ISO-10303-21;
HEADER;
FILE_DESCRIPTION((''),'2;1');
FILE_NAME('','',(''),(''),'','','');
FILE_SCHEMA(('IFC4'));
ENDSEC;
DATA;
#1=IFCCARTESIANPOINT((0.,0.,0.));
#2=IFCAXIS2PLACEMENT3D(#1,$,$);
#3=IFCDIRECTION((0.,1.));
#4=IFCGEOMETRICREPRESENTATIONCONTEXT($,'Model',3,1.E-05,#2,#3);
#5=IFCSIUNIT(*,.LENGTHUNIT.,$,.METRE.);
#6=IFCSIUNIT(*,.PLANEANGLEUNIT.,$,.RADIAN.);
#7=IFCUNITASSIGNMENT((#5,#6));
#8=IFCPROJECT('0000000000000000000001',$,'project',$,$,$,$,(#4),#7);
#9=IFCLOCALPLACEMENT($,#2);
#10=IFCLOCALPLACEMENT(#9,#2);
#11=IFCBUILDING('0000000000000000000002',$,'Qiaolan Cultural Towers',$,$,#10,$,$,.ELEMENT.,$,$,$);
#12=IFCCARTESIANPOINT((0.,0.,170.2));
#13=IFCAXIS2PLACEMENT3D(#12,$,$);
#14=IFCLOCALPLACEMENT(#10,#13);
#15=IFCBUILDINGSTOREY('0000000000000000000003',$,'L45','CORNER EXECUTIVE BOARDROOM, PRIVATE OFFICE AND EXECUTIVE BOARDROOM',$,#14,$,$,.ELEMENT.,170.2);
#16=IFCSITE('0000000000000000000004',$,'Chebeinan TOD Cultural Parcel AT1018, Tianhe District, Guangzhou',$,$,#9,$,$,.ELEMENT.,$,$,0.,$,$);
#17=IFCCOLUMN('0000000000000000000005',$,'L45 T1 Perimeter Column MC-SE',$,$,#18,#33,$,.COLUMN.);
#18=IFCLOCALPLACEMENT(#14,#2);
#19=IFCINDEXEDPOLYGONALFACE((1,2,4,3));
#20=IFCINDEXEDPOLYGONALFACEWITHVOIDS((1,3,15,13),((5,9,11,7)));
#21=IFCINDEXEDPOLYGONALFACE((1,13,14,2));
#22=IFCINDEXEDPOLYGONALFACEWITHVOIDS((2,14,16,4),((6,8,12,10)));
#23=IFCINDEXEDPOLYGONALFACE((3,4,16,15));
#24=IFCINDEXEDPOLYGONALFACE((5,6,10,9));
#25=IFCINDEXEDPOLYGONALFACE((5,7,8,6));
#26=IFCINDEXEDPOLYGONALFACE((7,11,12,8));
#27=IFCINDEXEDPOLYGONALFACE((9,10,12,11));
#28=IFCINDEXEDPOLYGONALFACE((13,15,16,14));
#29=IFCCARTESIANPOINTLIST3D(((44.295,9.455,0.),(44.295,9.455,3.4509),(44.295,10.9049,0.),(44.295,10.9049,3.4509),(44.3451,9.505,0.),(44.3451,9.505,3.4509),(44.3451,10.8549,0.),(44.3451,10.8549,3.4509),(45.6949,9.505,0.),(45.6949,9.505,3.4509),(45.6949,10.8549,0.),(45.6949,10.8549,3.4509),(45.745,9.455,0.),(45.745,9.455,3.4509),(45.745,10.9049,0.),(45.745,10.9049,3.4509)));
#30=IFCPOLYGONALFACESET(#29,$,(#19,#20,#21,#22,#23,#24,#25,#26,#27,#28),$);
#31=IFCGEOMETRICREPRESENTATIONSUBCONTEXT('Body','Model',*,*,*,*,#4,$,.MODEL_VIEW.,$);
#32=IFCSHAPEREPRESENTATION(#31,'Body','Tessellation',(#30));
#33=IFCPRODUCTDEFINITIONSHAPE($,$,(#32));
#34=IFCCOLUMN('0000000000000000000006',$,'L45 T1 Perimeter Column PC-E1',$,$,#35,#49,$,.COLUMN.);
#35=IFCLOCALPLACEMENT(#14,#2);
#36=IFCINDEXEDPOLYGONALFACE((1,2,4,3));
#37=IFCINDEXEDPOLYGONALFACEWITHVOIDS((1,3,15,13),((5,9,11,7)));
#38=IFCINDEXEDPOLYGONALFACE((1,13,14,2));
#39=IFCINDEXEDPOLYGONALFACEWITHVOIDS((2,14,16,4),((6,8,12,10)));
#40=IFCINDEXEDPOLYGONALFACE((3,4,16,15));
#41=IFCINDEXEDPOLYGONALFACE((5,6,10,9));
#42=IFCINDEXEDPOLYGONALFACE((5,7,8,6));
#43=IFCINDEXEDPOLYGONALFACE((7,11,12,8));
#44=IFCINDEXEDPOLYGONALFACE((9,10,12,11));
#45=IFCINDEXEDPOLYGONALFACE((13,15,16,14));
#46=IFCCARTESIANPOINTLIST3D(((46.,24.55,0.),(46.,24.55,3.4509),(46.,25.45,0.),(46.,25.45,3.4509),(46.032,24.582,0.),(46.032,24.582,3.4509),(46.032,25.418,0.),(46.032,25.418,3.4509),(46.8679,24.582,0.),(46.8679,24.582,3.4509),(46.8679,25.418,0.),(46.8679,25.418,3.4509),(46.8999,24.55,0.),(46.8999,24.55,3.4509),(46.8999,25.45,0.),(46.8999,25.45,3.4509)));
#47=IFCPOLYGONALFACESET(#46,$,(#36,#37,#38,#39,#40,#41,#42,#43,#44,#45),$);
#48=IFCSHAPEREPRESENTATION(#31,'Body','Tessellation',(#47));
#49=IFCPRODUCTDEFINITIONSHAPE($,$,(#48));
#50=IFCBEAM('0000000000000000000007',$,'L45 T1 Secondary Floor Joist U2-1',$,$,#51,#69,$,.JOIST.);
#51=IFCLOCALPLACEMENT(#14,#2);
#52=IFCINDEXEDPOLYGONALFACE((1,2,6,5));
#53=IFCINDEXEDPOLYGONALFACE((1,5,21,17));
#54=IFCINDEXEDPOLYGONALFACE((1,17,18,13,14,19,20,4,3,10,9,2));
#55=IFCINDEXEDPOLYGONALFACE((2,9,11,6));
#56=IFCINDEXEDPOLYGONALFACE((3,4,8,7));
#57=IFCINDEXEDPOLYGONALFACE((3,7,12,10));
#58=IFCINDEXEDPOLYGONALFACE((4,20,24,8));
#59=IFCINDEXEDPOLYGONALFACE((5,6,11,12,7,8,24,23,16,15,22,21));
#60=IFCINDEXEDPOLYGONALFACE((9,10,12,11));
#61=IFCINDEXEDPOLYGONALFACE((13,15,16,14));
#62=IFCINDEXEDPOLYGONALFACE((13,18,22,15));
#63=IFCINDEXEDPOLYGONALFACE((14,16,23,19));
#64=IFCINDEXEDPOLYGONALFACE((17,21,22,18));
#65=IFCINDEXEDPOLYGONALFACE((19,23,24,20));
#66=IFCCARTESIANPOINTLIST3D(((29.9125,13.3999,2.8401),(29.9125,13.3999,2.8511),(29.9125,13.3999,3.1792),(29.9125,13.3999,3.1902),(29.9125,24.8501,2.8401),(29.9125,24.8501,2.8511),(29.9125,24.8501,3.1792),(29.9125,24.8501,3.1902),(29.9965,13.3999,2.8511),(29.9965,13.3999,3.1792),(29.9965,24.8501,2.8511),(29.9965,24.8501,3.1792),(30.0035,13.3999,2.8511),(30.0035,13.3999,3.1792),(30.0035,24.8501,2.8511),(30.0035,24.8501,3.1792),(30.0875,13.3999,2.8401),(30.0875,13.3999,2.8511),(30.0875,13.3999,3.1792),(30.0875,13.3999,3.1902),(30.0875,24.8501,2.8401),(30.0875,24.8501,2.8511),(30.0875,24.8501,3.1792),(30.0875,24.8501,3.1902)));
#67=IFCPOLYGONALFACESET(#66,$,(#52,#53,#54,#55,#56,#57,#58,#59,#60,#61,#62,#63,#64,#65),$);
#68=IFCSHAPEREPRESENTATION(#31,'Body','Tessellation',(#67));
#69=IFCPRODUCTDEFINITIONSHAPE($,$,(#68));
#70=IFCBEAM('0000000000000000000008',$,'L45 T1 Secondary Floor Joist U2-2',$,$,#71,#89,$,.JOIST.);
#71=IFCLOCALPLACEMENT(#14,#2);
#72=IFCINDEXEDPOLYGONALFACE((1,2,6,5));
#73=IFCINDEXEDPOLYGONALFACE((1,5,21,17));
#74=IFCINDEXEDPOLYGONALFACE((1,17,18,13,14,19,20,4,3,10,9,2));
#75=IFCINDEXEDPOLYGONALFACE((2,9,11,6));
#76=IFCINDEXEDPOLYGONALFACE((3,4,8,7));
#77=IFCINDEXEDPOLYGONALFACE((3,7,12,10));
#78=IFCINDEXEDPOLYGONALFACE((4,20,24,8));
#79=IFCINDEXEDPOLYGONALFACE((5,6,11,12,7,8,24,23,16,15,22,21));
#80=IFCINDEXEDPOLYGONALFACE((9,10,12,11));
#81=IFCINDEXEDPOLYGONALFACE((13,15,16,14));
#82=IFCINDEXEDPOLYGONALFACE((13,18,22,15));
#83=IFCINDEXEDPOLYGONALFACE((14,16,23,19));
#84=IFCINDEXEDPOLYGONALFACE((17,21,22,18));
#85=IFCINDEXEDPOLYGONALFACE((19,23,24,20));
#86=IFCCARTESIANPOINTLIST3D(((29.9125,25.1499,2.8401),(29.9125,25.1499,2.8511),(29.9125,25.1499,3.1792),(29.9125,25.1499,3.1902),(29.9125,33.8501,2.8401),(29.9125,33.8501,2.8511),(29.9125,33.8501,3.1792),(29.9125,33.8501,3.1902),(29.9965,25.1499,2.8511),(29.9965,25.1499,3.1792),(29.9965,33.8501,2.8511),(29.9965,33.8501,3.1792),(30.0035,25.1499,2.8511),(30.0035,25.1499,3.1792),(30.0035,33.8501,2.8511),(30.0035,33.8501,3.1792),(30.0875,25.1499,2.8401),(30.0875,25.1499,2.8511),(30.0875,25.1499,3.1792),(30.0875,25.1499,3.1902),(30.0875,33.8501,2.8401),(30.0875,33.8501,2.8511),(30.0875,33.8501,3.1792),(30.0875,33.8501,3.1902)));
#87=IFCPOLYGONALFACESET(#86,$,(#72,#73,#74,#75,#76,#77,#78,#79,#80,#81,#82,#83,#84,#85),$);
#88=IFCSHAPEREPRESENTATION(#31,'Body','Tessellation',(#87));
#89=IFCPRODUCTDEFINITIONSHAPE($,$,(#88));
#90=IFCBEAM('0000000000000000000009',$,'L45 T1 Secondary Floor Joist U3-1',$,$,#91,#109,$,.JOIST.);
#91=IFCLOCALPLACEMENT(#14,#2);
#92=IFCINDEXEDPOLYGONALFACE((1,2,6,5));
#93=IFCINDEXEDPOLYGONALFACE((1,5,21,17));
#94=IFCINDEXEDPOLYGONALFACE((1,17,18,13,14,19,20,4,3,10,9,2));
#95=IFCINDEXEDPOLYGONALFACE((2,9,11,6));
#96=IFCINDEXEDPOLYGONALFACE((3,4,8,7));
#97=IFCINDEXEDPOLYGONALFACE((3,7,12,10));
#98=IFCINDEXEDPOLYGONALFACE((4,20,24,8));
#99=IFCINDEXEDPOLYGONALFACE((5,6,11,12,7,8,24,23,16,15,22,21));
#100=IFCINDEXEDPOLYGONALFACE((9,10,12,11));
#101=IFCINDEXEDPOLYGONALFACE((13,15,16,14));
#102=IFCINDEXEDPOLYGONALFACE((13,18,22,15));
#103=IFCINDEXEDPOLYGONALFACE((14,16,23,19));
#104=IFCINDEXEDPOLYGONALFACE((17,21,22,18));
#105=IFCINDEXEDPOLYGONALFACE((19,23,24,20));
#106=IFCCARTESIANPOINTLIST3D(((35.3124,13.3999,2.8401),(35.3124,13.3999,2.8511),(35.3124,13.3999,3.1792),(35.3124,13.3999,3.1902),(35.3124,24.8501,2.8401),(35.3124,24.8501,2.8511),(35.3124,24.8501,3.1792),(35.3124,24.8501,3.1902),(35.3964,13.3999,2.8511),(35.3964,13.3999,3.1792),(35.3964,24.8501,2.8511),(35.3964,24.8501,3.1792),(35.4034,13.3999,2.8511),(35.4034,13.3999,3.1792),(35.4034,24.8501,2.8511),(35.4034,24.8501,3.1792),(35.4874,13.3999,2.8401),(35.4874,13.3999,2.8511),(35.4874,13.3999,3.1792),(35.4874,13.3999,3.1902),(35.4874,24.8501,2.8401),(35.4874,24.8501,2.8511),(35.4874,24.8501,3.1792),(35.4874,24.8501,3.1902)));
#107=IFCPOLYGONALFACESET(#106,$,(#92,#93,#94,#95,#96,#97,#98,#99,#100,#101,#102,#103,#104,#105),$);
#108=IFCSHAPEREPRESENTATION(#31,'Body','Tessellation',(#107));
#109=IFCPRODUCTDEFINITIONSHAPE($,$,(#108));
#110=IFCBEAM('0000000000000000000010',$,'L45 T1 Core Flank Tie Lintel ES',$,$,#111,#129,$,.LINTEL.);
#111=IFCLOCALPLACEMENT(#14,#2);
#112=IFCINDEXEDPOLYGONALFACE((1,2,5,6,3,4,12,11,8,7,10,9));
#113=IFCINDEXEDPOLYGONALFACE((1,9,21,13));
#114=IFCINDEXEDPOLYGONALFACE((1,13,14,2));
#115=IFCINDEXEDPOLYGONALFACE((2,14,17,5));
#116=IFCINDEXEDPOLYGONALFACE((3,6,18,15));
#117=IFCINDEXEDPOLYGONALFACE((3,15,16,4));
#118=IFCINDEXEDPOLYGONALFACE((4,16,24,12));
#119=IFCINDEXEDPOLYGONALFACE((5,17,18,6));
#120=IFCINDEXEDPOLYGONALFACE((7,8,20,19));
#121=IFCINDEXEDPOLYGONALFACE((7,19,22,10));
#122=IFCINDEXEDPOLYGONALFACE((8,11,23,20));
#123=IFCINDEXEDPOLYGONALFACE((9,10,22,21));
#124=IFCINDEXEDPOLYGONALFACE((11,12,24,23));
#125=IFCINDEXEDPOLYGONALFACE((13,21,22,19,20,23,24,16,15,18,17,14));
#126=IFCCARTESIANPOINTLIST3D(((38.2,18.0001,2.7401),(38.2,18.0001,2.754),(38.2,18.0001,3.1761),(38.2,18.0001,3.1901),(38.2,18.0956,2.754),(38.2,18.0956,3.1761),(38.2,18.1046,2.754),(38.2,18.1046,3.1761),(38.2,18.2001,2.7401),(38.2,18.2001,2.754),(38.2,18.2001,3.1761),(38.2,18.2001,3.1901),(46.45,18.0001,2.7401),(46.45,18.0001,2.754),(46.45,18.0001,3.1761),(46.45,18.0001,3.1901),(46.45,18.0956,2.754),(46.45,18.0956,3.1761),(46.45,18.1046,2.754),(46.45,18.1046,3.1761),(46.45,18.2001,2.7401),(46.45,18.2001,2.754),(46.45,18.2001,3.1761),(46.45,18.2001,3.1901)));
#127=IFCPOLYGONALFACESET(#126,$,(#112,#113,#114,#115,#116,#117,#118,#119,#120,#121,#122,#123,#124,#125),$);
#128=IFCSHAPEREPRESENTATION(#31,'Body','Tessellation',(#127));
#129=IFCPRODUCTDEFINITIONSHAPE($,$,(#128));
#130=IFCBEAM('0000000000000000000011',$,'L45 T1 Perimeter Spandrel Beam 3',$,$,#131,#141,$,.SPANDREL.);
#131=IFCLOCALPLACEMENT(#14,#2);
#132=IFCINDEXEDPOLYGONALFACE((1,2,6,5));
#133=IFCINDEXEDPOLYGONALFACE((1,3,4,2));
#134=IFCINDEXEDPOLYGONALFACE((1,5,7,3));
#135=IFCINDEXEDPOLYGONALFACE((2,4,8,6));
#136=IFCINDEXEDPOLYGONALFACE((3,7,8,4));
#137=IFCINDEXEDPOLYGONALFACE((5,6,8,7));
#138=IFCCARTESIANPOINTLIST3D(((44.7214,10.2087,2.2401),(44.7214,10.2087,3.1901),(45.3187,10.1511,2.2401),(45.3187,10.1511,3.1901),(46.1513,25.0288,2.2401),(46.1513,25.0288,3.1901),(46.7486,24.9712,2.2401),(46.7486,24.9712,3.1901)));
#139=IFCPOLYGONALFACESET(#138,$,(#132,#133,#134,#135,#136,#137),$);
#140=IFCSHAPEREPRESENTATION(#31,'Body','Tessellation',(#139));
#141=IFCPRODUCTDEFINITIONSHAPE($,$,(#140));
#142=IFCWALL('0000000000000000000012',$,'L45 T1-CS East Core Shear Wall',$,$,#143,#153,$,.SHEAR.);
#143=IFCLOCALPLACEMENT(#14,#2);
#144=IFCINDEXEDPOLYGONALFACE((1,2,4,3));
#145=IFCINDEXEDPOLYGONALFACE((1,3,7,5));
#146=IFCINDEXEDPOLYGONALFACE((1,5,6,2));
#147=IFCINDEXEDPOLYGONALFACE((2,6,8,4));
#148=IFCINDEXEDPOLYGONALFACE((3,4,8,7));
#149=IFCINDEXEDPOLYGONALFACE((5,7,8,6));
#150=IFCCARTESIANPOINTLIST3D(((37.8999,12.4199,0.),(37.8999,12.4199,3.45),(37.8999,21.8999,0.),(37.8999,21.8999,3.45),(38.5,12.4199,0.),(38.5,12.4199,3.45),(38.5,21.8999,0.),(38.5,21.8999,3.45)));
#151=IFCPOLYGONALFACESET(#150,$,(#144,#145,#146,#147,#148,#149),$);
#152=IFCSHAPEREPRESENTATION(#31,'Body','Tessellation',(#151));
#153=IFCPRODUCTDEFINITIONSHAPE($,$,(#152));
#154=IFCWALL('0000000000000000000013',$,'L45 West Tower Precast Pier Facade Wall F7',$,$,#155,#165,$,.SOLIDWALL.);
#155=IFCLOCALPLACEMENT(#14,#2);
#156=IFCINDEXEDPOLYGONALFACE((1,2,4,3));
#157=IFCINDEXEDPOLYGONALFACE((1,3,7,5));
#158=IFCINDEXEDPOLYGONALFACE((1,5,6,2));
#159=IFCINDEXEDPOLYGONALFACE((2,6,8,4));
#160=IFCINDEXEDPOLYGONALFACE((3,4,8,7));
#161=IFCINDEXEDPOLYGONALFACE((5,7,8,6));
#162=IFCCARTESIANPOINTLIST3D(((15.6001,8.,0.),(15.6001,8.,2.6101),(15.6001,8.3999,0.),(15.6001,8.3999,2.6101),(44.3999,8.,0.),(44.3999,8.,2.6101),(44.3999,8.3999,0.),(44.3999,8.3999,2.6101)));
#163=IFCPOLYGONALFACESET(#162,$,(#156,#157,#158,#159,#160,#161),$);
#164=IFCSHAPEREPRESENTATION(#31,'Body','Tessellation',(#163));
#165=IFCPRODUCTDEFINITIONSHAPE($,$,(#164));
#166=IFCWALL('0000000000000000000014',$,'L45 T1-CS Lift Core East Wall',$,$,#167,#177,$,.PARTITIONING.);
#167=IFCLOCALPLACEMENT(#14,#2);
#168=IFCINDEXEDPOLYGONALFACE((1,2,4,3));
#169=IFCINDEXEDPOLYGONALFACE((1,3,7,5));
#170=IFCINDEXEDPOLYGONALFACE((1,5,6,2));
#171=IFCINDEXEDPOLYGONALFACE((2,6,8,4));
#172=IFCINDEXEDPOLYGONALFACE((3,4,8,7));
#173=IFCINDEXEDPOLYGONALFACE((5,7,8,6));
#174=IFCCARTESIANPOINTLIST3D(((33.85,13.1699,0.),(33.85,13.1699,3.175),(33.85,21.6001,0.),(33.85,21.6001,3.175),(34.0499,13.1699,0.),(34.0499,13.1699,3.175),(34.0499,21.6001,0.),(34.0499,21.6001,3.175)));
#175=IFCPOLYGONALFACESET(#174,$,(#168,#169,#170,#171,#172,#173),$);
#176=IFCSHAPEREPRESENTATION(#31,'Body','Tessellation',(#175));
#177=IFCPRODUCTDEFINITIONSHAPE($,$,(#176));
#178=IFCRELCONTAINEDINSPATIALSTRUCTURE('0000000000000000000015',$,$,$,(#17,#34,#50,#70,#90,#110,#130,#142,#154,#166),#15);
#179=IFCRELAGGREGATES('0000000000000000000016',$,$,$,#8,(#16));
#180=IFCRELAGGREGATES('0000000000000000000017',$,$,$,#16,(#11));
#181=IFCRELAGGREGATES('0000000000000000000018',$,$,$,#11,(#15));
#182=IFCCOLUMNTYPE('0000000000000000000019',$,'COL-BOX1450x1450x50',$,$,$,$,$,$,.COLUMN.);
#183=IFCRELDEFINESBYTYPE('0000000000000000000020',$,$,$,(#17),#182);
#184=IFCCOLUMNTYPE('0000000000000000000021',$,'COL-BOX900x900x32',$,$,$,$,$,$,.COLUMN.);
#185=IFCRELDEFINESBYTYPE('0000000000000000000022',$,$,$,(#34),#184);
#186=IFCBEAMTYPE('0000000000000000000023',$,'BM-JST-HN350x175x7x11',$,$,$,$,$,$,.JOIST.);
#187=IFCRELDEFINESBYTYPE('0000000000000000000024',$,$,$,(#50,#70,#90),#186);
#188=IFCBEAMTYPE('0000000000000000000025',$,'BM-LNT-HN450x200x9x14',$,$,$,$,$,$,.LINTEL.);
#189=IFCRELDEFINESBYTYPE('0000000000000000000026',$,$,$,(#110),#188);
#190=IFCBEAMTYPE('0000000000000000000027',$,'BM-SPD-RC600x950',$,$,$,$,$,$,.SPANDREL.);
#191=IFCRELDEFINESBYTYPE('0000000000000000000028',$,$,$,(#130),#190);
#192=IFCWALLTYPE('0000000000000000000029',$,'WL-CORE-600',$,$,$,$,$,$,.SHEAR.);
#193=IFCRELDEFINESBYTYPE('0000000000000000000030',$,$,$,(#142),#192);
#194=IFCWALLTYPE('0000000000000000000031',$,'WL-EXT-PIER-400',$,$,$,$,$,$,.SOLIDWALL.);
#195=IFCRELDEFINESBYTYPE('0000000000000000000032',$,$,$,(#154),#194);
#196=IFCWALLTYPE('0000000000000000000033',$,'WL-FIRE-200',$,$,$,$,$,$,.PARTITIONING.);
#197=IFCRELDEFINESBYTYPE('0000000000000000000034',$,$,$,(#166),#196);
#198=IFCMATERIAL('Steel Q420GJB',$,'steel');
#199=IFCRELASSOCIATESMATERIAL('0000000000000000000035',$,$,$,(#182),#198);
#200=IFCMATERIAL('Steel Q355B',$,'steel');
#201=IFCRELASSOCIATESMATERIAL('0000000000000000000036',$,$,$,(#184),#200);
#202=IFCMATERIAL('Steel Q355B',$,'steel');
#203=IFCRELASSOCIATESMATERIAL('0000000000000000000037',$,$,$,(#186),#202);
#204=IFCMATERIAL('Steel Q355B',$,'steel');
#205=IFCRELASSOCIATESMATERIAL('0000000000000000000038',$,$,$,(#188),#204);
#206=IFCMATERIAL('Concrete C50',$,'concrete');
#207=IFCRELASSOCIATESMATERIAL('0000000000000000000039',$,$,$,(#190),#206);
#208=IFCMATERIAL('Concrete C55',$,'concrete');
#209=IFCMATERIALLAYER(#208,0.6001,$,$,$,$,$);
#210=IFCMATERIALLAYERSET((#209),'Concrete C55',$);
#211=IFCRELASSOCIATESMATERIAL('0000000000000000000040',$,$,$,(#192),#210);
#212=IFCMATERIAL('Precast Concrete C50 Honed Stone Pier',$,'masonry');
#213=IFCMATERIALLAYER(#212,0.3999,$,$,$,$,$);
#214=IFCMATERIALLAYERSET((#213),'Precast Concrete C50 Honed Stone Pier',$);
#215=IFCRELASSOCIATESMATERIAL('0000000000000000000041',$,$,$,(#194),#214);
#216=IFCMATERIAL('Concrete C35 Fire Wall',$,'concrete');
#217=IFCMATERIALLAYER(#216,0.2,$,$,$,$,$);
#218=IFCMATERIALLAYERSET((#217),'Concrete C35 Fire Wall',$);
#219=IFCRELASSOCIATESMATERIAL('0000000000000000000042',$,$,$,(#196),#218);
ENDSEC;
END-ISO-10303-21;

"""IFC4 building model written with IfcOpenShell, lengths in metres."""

from ifc_helpers import new_model, si_unit, direction, frame, frame_2d, origin, origin_2d, place, context, subcontext, project, spatial, rectangle, hollow_rectangle, i_section, extrude, material, layer, layer_set, material_profile, profile_set, type_object, element, save


model = new_model("IFC4")

# Units and contexts
model_context = context("Model", 3, precision=1e-05, world=origin(), true_north=direction((0.0, 1.0)))
body_context = subcontext(model_context, "Body", "Model", "MODEL_VIEW")
ifc_project = project(units=[si_unit("LENGTHUNIT", "METRE"), si_unit("PLANEANGLEUNIT", "RADIAN")], contexts=[model_context])

# Site, building, storey
site_placement = place(None, origin())
site = spatial("IfcSite", under=ifc_project, at=site_placement, Name="Chebeinan TOD Cultural Parcel AT1018, Tianhe District, Guangzhou", CompositionType="ELEMENT", RefElevation=0.0)
building_placement = place(site_placement, origin())
building = spatial("IfcBuilding", under=site, at=building_placement, Name="Qiaolan Cultural Towers", CompositionType="ELEMENT")
storey_placement = place(building_placement, frame((0.0, 0.0, 170.2)))
storey = spatial("IfcBuildingStorey", under=building, at=storey_placement, Name="L45", Description="CORNER EXECUTIVE BOARDROOM, PRIVATE OFFICE AND EXECUTIVE BOARDROOM", CompositionType="ELEMENT", Elevation=170.2)

# Columns
ifc_material_1 = material(Name="Steel Q420GJB", Category="steel")
ifc_material_profile_1 = material_profile(ifc_material_1, hollow_rectangle(XDim=1.45, YDim=1.45, WallThickness=0.05, at=origin_2d()), Name="BOX1450x1450x50")
ifc_profile_set_1 = profile_set([ifc_material_profile_1], Name="Steel Q420GJB")
column_type_1 = type_object("IfcColumnType", Name="COL-BOX1450x1450x50", PredefinedType="COLUMN", material=ifc_profile_set_1)
column_1_placement = place(storey_placement, frame((45.02, 10.1799, 0.0), z_axis=(0.0, 0.0, 1.0), x_axis=(1.0, 0.0, 0.0)))
element("IfcColumn", 1, at=column_1_placement, inside=storey, type_object=column_type_1, Name="L45 T1 Perimeter Column MC-SE", PredefinedType="COLUMN", context=body_context, shape_type="SweptSolid", body=[
    extrude(hollow_rectangle(XDim=1.45, YDim=1.45, WallThickness=0.05, at=origin_2d()), origin(), (0.0, 0.0, 1.0), 3.4509),
])
ifc_material_2 = material(Name="Steel Q355B", Category="steel")
ifc_material_profile_2 = material_profile(ifc_material_2, hollow_rectangle(XDim=0.8999, YDim=0.8999, WallThickness=0.032, at=origin_2d()), Name="BOX900x900x32")
ifc_profile_set_2 = profile_set([ifc_material_profile_2], Name="Steel Q355B")
column_type_2 = type_object("IfcColumnType", Name="COL-BOX900x900x32", PredefinedType="COLUMN", material=ifc_profile_set_2)
column_2_placement = place(storey_placement, frame((46.45, 25.0, 0.0), z_axis=(0.0, 0.0, 1.0), x_axis=(1.0, 0.0, 0.0)))
element("IfcColumn", 2, at=column_2_placement, inside=storey, type_object=column_type_2, Name="L45 T1 Perimeter Column PC-E1", PredefinedType="COLUMN", context=body_context, shape_type="SweptSolid", body=[
    extrude(hollow_rectangle(XDim=0.8999, YDim=0.8999, WallThickness=0.032, at=origin_2d()), origin(), (0.0, 0.0, 1.0), 3.4509),
])

# Beams
ifc_material_3 = material(Name="Steel Q355B", Category="steel")
ifc_material_profile_3 = material_profile(ifc_material_3, i_section(OverallWidth=0.175, OverallDepth=0.3501, WebThickness=0.0071, FlangeThickness=0.011, at=origin_2d()), Name="HN350x175x7x11")
ifc_profile_set_3 = profile_set([ifc_material_profile_3], Name="Steel Q355B")
beam_type_1 = type_object("IfcBeamType", Name="BM-JST-HN350x175x7x11", PredefinedType="JOIST", material=ifc_profile_set_3)
beam_1_placement = place(storey_placement, frame((30.0, 13.3999, 3.0151), z_axis=(0.0, 1.0, 0.0), x_axis=(-1.0, 0.0, 0.0)))
element("IfcBeam", 3, at=beam_1_placement, inside=storey, type_object=beam_type_1, Name="L45 T1 Secondary Floor Joist U2-1", PredefinedType="JOIST", context=body_context, shape_type="SweptSolid", body=[
    extrude(i_section(OverallWidth=0.175, OverallDepth=0.3501, WebThickness=0.0071, FlangeThickness=0.011, at=origin_2d()), origin(), (0.0, 0.0, 1.0), 11.4502),
])
beam_2_placement = place(storey_placement, frame((30.0, 25.1499, 3.0151), z_axis=(0.0, 1.0, 0.0), x_axis=(-1.0, 0.0, 0.0)))
element("IfcBeam", 4, at=beam_2_placement, inside=storey, type_object=beam_type_1, Name="L45 T1 Secondary Floor Joist U2-2", PredefinedType="JOIST", context=body_context, shape_type="SweptSolid", body=[
    extrude(i_section(OverallWidth=0.175, OverallDepth=0.3501, WebThickness=0.0071, FlangeThickness=0.011, at=origin_2d()), origin(), (0.0, 0.0, 1.0), 8.7002),
])
beam_3_placement = place(storey_placement, frame((35.3999, 13.3999, 3.0151), z_axis=(0.0, 1.0, 0.0), x_axis=(-1.0, 0.0, 0.0)))
element("IfcBeam", 5, at=beam_3_placement, inside=storey, type_object=beam_type_1, Name="L45 T1 Secondary Floor Joist U3-1", PredefinedType="JOIST", context=body_context, shape_type="SweptSolid", body=[
    extrude(i_section(OverallWidth=0.175, OverallDepth=0.3501, WebThickness=0.0071, FlangeThickness=0.011, at=origin_2d()), origin(), (0.0, 0.0, 1.0), 11.4502),
])
ifc_material_4 = material(Name="Steel Q355B", Category="steel")
ifc_material_profile_4 = material_profile(ifc_material_4, i_section(OverallWidth=0.2, OverallDepth=0.45, WebThickness=0.009, FlangeThickness=0.0139, at=origin_2d()), Name="HN450x200x9x14")
ifc_profile_set_4 = profile_set([ifc_material_profile_4], Name="Steel Q355B")
beam_type_2 = type_object("IfcBeamType", Name="BM-LNT-HN450x200x9x14", PredefinedType="LINTEL", material=ifc_profile_set_4)
beam_4_placement = place(storey_placement, frame((38.2, 18.1001, 2.9651), z_axis=(1.0, 0.0, 0.0), x_axis=(0.0, 1.0, 0.0)))
element("IfcBeam", 6, at=beam_4_placement, inside=storey, type_object=beam_type_2, Name="L45 T1 Core Flank Tie Lintel ES", PredefinedType="LINTEL", context=body_context, shape_type="SweptSolid", body=[
    extrude(i_section(OverallWidth=0.2, OverallDepth=0.45, WebThickness=0.009, FlangeThickness=0.0139, at=origin_2d()), origin(), (0.0, 0.0, 1.0), 8.25),
])
ifc_material_5 = material(Name="Concrete C50", Category="concrete")
ifc_material_profile_5 = material_profile(ifc_material_5, rectangle(XDim=0.6001, YDim=0.95, at=origin_2d()), Name="RC600x950")
ifc_profile_set_5 = profile_set([ifc_material_profile_5], Name="Concrete C50")
beam_type_3 = type_object("IfcBeamType", Name="BM-SPD-RC600x950", PredefinedType="SPANDREL", material=ifc_profile_set_5)
beam_5_placement = place(storey_placement, frame((45.02, 10.1799, 2.7151), z_axis=(0.09604, 0.995377, 0.0), x_axis=(-0.995377, 0.09604, 0.0)))
element("IfcBeam", 7, at=beam_5_placement, inside=storey, type_object=beam_type_3, Name="L45 T1 Perimeter Spandrel Beam 3", PredefinedType="SPANDREL", context=body_context, shape_type="SweptSolid", body=[
    extrude(rectangle(XDim=0.6001, YDim=0.95, at=origin_2d()), origin(), (0.0, 0.0, 1.0), 14.8889),
])

# Walls
ifc_material_6 = material(Name="Concrete C55", Category="concrete")
ifc_layer_1 = layer(ifc_material_6, 0.6001)
ifc_layer_set_1 = layer_set([ifc_layer_1], Name="Concrete C55")
wall_type_1 = type_object("IfcWallType", Name="WL-CORE-600", PredefinedType="SHEAR", material=ifc_layer_set_1)
wall_1_placement = place(storey_placement, frame((38.2, 21.8999, 0.0), z_axis=(0.0, 0.0, 1.0), x_axis=(0.0, -1.0, 0.0)))
element("IfcWall", 8, at=wall_1_placement, inside=storey, type_object=wall_type_1, Name="L45 T1-CS East Core Shear Wall", PredefinedType="SHEAR", context=body_context, shape_type="SweptSolid", body=[
    extrude(rectangle(XDim=9.48, YDim=0.6001, at=frame_2d((4.74, 0.0))), origin(), (0.0, 0.0, 1.0), 3.45),
])
ifc_material_7 = material(Name="Precast Concrete C50 Honed Stone Pier", Category="masonry")
ifc_layer_2 = layer(ifc_material_7, 0.3999)
ifc_layer_set_2 = layer_set([ifc_layer_2], Name="Precast Concrete C50 Honed Stone Pier")
wall_type_2 = type_object("IfcWallType", Name="WL-EXT-PIER-400", PredefinedType="SOLIDWALL", material=ifc_layer_set_2)
wall_2_placement = place(storey_placement, frame((44.3999, 8.2, 0.0), z_axis=(0.0, 0.0, 1.0), x_axis=(-1.0, 0.0, 0.0)))
element("IfcWall", 9, at=wall_2_placement, inside=storey, type_object=wall_type_2, Name="L45 West Tower Precast Pier Facade Wall F7", PredefinedType="SOLIDWALL", context=body_context, shape_type="SweptSolid", body=[
    extrude(rectangle(XDim=28.7998, YDim=0.3999, at=frame_2d((14.3999, 0.0))), origin(), (0.0, 0.0, 1.0), 2.6101),
])
ifc_material_8 = material(Name="Concrete C35 Fire Wall", Category="concrete")
ifc_layer_3 = layer(ifc_material_8, 0.2)
ifc_layer_set_3 = layer_set([ifc_layer_3], Name="Concrete C35 Fire Wall")
wall_type_3 = type_object("IfcWallType", Name="WL-FIRE-200", PredefinedType="PARTITIONING", material=ifc_layer_set_3)
wall_3_placement = place(storey_placement, frame((33.95, 21.6001, 0.0), z_axis=(0.0, 0.0, 1.0), x_axis=(0.0, -1.0, 0.0)))
element("IfcWall", 10, at=wall_3_placement, inside=storey, type_object=wall_type_3, Name="L45 T1-CS Lift Core East Wall", PredefinedType="PARTITIONING", context=body_context, shape_type="SweptSolid", body=[
    extrude(rectangle(XDim=8.4302, YDim=0.2, at=frame_2d((4.2151, 0.0))), origin(), (0.0, 0.0, 1.0), 3.175),
])

save(model, "model.ifc")
